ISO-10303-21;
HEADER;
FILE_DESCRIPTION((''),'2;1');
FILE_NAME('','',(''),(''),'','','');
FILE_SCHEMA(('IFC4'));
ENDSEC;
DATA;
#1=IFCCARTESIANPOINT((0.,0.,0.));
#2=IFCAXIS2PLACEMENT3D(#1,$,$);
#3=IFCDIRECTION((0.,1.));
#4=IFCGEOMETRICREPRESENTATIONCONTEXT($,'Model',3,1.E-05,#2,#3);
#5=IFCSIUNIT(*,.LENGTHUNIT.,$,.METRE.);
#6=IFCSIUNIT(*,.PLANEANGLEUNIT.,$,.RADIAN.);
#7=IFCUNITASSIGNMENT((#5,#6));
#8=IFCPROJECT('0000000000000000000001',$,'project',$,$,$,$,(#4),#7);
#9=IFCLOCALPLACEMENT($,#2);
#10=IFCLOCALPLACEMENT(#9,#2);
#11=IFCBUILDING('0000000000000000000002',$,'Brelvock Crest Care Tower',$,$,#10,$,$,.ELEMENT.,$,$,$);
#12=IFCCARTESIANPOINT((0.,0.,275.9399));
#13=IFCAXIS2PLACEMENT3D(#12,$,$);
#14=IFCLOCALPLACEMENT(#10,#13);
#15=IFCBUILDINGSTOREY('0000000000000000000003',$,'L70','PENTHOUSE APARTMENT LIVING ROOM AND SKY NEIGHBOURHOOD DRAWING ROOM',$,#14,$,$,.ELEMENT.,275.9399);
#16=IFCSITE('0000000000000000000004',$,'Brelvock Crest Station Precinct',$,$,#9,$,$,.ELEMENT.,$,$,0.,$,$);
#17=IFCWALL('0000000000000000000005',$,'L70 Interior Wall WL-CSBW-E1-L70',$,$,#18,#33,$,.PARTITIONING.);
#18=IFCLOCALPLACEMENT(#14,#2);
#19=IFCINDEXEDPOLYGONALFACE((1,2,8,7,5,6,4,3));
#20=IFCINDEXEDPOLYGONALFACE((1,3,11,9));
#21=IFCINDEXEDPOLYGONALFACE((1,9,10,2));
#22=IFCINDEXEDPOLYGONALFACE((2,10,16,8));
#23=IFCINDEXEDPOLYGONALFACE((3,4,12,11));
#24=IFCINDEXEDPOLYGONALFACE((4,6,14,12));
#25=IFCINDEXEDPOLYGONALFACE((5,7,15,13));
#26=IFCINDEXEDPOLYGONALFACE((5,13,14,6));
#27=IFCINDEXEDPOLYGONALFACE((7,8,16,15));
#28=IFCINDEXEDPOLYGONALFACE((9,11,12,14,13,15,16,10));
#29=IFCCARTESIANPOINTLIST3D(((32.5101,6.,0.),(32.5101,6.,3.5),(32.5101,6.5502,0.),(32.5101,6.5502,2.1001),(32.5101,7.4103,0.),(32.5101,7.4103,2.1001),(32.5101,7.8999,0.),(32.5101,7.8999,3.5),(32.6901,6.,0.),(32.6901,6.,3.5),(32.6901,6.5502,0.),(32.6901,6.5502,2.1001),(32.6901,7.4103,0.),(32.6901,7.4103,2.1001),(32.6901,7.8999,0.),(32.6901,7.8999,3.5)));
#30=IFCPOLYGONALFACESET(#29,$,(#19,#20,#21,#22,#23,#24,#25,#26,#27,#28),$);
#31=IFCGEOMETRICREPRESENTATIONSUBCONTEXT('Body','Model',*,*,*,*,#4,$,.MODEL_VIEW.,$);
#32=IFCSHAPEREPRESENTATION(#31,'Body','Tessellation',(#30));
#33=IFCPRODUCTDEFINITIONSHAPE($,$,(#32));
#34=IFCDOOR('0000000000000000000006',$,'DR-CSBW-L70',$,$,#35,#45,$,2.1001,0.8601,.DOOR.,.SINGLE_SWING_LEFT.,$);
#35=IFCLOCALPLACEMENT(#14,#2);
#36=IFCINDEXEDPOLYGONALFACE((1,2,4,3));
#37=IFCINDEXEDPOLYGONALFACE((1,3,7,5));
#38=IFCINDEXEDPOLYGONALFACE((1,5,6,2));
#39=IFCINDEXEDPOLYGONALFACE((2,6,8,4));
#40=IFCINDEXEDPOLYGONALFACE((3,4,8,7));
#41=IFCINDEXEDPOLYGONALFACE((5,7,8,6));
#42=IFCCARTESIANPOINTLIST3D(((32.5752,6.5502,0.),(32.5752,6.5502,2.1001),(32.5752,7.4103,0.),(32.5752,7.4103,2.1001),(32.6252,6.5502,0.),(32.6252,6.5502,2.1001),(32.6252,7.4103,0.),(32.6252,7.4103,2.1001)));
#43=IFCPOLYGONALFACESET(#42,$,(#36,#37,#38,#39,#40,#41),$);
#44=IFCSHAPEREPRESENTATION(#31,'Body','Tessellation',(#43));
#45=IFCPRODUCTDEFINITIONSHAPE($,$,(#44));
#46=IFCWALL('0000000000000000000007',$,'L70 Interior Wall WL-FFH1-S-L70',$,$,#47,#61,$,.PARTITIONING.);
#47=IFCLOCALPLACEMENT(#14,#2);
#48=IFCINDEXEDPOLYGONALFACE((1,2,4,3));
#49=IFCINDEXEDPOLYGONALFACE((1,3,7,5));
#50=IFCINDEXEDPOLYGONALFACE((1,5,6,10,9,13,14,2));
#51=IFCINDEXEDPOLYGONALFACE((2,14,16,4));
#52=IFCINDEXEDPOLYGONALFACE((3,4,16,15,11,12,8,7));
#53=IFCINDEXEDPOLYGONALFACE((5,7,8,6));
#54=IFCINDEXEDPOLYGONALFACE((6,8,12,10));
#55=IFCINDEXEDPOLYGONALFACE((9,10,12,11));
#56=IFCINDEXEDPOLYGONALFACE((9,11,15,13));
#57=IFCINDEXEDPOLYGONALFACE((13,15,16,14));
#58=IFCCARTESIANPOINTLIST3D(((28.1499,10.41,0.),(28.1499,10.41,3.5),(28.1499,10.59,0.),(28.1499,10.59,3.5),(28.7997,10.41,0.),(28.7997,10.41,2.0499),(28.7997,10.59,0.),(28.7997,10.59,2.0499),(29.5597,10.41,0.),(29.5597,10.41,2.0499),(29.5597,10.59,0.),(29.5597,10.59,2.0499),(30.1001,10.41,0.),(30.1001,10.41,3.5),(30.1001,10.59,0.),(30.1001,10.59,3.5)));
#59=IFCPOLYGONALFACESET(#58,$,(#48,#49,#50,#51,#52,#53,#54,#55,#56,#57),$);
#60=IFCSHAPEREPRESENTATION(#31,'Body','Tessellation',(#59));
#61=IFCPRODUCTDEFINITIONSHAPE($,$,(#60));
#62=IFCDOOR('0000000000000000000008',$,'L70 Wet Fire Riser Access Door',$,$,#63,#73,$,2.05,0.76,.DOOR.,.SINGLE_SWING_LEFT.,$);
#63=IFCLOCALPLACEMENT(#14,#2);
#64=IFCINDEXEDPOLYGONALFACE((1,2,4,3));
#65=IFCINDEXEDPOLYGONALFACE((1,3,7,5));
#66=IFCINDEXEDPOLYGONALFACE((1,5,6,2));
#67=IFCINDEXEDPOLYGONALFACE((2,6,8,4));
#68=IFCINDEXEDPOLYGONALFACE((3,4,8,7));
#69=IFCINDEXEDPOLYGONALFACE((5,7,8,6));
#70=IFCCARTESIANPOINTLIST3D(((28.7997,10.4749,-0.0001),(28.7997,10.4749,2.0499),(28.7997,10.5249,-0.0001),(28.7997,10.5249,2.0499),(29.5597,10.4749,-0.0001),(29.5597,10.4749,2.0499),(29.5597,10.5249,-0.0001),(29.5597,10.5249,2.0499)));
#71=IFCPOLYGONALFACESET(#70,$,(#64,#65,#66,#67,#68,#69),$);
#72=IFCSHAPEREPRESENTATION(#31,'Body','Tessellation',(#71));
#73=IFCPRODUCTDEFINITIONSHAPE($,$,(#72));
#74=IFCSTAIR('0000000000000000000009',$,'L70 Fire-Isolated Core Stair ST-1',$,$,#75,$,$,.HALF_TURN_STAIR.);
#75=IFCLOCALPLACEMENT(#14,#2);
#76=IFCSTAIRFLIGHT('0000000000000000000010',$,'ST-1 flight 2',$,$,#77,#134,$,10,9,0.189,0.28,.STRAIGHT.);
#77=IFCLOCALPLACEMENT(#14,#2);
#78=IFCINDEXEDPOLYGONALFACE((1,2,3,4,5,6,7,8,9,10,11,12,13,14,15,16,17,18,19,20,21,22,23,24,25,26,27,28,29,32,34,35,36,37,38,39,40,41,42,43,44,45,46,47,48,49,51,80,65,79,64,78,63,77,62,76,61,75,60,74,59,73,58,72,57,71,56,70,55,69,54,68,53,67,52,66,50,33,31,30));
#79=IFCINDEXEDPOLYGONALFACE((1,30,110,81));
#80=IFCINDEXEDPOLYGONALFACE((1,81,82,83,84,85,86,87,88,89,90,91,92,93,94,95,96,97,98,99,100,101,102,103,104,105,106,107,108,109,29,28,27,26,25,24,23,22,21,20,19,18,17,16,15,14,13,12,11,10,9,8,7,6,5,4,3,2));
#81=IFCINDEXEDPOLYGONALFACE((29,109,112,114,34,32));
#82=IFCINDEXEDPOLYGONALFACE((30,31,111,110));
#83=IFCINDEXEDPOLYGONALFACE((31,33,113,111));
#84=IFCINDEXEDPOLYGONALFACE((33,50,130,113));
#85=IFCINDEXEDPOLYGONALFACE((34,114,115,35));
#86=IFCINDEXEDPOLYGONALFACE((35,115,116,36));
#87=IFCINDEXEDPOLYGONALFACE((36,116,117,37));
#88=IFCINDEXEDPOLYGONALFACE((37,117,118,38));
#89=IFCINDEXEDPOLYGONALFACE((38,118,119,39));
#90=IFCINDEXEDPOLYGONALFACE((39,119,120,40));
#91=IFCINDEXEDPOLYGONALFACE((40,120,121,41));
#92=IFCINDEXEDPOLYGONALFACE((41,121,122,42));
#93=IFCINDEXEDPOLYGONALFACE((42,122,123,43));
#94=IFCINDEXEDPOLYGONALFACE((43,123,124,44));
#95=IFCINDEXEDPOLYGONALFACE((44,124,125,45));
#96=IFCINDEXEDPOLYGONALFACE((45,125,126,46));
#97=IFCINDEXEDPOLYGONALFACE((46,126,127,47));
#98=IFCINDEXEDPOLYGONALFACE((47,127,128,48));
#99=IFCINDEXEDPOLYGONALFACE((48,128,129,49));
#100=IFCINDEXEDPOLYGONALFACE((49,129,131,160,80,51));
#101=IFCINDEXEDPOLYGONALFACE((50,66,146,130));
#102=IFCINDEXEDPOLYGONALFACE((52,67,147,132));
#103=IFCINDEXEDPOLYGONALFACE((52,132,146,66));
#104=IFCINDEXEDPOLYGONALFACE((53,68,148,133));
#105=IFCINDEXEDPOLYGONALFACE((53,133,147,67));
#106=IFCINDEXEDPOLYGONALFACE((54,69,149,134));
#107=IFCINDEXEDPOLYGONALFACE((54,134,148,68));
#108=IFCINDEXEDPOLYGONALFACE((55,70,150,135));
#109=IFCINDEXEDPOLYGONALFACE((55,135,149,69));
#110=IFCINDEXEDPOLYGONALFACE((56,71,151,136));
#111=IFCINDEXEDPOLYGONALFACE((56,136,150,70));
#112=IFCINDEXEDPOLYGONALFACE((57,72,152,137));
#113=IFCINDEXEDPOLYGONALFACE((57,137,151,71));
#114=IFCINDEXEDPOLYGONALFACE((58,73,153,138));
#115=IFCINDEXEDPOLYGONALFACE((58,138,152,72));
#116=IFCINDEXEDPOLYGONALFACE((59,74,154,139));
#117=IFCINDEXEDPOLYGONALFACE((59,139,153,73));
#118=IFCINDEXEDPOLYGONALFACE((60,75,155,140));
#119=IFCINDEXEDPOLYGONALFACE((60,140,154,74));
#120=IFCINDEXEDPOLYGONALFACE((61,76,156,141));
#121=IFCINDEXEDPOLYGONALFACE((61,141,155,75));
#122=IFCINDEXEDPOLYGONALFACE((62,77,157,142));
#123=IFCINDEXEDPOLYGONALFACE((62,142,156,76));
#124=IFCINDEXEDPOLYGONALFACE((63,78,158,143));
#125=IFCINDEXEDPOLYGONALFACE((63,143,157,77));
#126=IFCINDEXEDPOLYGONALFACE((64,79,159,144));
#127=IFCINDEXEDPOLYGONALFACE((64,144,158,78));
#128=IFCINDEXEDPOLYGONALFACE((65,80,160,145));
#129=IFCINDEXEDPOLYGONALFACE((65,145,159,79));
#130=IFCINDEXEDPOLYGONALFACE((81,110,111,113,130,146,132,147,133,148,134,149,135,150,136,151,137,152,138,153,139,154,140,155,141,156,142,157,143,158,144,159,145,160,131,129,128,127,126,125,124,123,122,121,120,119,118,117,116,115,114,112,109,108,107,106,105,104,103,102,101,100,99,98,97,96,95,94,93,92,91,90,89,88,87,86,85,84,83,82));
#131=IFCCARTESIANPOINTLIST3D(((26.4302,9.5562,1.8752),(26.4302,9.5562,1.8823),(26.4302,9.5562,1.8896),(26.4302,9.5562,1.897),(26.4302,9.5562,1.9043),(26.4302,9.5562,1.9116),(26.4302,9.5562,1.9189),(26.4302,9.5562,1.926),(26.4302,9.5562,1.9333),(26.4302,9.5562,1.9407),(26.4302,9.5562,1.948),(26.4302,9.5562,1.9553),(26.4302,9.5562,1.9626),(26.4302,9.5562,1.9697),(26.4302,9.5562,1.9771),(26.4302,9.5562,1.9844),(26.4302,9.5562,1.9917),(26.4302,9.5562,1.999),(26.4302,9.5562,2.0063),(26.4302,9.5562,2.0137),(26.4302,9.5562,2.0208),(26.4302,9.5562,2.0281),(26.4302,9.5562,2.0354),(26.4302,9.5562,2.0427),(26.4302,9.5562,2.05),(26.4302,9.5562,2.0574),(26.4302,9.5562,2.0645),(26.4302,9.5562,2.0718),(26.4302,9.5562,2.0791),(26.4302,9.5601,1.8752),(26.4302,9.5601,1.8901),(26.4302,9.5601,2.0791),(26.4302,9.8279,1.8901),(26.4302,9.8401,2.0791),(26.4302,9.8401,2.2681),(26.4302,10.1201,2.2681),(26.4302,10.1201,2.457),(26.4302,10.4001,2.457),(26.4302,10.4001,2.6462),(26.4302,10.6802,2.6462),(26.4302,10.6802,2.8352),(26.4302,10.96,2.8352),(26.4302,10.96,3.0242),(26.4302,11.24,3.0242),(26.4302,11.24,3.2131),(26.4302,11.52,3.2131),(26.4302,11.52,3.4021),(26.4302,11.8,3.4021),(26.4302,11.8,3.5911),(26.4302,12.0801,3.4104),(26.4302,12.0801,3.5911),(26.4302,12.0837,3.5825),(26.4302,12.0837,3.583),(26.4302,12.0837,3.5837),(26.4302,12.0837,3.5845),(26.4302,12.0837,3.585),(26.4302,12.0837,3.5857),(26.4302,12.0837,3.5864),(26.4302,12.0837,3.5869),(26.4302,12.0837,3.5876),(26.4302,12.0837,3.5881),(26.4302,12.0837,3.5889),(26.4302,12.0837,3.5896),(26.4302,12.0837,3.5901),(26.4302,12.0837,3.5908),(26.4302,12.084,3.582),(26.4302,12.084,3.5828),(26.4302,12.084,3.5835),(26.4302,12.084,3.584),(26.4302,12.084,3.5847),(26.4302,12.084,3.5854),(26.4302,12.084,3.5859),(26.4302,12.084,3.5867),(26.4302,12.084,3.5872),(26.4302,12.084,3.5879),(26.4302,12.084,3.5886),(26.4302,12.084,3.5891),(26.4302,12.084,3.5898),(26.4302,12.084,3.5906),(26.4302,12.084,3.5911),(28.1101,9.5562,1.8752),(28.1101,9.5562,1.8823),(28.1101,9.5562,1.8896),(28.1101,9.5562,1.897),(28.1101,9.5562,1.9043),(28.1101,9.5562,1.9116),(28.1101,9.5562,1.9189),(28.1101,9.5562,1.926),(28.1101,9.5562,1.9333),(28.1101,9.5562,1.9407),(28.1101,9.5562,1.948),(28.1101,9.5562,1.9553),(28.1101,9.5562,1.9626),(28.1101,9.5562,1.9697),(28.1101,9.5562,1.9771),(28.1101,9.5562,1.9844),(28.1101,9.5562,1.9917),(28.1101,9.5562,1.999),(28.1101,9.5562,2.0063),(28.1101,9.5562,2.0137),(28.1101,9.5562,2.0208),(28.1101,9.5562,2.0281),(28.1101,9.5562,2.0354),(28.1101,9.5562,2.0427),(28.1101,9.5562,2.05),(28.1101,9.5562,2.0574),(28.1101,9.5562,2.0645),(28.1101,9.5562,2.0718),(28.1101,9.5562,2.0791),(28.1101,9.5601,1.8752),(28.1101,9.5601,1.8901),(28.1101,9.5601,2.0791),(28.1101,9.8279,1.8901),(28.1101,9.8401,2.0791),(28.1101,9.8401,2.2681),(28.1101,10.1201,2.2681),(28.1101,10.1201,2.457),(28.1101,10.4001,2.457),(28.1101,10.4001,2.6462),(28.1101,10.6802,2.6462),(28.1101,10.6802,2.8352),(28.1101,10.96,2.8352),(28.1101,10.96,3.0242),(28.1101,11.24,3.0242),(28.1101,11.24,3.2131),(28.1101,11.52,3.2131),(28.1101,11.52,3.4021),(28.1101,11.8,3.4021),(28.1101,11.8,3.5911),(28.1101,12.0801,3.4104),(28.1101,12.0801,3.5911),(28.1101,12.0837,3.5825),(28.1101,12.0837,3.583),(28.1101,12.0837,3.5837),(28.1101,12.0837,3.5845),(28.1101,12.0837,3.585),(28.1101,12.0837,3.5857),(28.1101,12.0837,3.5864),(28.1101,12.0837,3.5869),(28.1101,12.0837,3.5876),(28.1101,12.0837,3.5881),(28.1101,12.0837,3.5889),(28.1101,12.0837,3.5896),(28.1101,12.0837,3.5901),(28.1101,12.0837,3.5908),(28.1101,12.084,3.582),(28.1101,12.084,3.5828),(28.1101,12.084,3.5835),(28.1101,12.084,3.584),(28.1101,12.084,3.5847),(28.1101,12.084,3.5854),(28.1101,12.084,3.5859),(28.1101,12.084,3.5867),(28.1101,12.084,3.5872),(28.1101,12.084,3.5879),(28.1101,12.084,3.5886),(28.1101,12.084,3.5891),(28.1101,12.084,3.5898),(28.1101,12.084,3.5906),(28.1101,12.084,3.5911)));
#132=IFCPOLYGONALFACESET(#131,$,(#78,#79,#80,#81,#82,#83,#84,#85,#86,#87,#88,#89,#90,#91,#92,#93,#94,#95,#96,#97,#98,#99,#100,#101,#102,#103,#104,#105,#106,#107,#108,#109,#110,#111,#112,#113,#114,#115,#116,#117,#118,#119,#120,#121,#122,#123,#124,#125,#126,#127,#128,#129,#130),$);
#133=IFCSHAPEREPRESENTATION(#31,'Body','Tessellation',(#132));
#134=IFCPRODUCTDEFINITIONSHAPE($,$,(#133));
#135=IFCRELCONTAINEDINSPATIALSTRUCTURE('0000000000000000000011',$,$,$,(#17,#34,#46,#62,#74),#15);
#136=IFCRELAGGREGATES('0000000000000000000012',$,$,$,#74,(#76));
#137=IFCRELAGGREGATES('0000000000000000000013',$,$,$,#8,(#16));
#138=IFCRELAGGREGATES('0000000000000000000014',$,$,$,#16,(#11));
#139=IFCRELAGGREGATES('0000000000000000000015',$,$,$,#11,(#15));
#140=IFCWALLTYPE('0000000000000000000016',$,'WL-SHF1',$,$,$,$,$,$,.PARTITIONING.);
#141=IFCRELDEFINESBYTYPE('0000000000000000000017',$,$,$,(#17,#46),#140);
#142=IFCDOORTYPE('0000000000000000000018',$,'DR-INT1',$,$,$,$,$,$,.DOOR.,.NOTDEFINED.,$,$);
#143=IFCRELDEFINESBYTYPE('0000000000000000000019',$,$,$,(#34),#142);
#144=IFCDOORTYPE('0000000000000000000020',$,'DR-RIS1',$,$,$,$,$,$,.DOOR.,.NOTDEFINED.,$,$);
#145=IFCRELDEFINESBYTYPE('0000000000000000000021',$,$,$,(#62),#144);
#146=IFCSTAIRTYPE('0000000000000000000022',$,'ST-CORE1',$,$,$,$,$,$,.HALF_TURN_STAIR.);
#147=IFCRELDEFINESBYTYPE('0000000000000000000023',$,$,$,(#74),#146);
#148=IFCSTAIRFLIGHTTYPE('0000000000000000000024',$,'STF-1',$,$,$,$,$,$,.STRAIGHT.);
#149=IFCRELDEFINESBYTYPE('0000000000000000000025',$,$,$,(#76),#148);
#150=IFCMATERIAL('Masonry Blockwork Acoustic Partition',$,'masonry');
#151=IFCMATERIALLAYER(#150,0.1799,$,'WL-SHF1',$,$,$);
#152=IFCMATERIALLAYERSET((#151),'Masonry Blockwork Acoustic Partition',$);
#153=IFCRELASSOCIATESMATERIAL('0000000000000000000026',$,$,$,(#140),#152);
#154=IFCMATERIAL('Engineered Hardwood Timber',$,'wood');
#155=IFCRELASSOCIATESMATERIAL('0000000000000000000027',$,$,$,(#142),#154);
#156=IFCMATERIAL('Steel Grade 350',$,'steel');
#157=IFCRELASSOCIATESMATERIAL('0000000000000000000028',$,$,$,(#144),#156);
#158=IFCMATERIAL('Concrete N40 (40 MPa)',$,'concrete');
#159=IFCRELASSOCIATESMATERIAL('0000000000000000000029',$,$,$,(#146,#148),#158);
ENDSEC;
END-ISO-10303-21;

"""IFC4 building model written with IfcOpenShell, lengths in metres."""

from ifc_helpers import new_model, si_unit, direction, frame, frame_2d, origin, origin_2d, place, context, subcontext, project, spatial, polyline, rectangle, outline, extrude, source, transform, mapped, material, layer, layer_set, type_object, element, fill, aggregate, save


model = new_model("IFC4")

# Units and contexts
model_context = context("Model", 3, precision=1e-05, world=origin(), true_north=direction((0.0, 1.0)))
body_context = subcontext(model_context, "Body", "Model", "MODEL_VIEW")
ifc_project = project(units=[si_unit("LENGTHUNIT", "METRE"), si_unit("PLANEANGLEUNIT", "RADIAN")], contexts=[model_context])

# Site, building, storey
site_placement = place(None, origin())
site = spatial("IfcSite", under=ifc_project, at=site_placement, Name="Brelvock Crest Station Precinct", CompositionType="ELEMENT", RefElevation=0.0)
building_placement = place(site_placement, origin())
building = spatial("IfcBuilding", under=site, at=building_placement, Name="Brelvock Crest Care Tower", CompositionType="ELEMENT")
storey_placement = place(building_placement, frame((0.0, 0.0, 275.9399)))
storey = spatial("IfcBuildingStorey", under=building, at=storey_placement, Name="L70", Description="PENTHOUSE APARTMENT LIVING ROOM AND SKY NEIGHBOURHOOD DRAWING ROOM", CompositionType="ELEMENT", Elevation=275.9399)

# Shared definitions
ifc_material_1 = material(Name="Steel Grade 350", Category="steel")

# Shared definitions
ifc_material_2 = material(Name="Masonry Blockwork Acoustic Partition", Category="masonry")

# Shared definitions
ifc_layer_1 = layer(ifc_material_2, 0.1799, Name="WL-SHF1")
ifc_layer_set_1 = layer_set([ifc_layer_1], Name="Masonry Blockwork Acoustic Partition")
wall_type_1 = type_object("IfcWallType", Name="WL-SHF1", PredefinedType="PARTITIONING", material=ifc_layer_set_1)

# Walls, openings, doors
wall_1_placement = place(storey_placement, frame((32.6001, 6.0, 0.0), z_axis=(0.0, 0.0, 1.0), x_axis=(0.0, 1.0, 0.0)))
wall_1 = element("IfcWall", 1, at=wall_1_placement, inside=storey, type_object=wall_type_1, Name="L70 Interior Wall WL-CSBW-E1-L70", PredefinedType="PARTITIONING", context=body_context, shape_type="SweptSolid", body=[
    extrude(rectangle(XDim=1.8999, YDim=0.1799, at=frame_2d((0.95, 0.0))), origin(), (0.0, 0.0, 1.0), 3.5),
])
opening_1_placement = place(wall_1_placement, frame((0.55, 0.0, 0.0)))
opening_1 = element("IfcOpeningElement", 2, at=opening_1_placement, cuts=wall_1, PredefinedType="OPENING", context=body_context, shape_type="SweptSolid", body=[
    extrude(rectangle(XDim=0.8601, YDim=2.1001, at=origin_2d()), frame((0.4302, 0.1001, 1.05), z_axis=(0.0, -1.0, 0.0), x_axis=(1.0, 0.0, 0.0)), (0.0, 0.0, 1.0), 0.2),
])
ifc_material_3 = material(Name="Engineered Hardwood Timber", Category="wood")
door_type_1 = type_object("IfcDoorType", Name="DR-INT1", OperationType="NOTDEFINED", PredefinedType="DOOR", material=ifc_material_3)
shared_shape_1 = source(origin(), body_context, "Body", "SweptSolid", [
    extrude(rectangle(XDim=0.8601, YDim=2.1001, at=origin_2d()), frame((0.4302, 0.0249, 1.05), z_axis=(0.0, -1.0, 0.0), x_axis=(1.0, 0.0, 0.0)), (0.0, 0.0, 1.0), 0.05),
])
door_1_placement = place(opening_1_placement, origin())
door_1 = element("IfcDoor", 3, at=door_1_placement, inside=storey, type_object=door_type_1, Name="DR-CSBW-L70", OperationType="SINGLE_SWING_LEFT", OverallHeight=2.1001, OverallWidth=0.8601, PredefinedType="DOOR", context=body_context, shape_type="MappedRepresentation", body=[
    mapped(shared_shape_1, transform((0.0, 0.0, 0.0), x_axis=(1.0, 0.0, 0.0), y_axis=(0.0, 1.0, 0.0), z_axis=(0.0, 0.0, 1.0), scale=1.0)),
])
fill(opening_1, door_1)
wall_2_placement = place(storey_placement, frame((28.1499, 10.5, 0.0), z_axis=(0.0, 0.0, 1.0), x_axis=(1.0, 0.0, 0.0)))
wall_2 = element("IfcWall", 4, at=wall_2_placement, inside=storey, type_object=wall_type_1, Name="L70 Interior Wall WL-FFH1-S-L70", PredefinedType="PARTITIONING", context=body_context, shape_type="SweptSolid", body=[
    extrude(rectangle(XDim=1.9502, YDim=0.1799, at=frame_2d((0.9751, 0.0))), origin(), (0.0, 0.0, 1.0), 3.5),
])
opening_2_placement = place(wall_2_placement, frame((0.6499, 0.0, 0.0)))
opening_2 = element("IfcOpeningElement", 5, at=opening_2_placement, cuts=wall_2, PredefinedType="OPENING", context=body_context, shape_type="SweptSolid", body=[
    extrude(rectangle(XDim=0.76, YDim=2.05, at=origin_2d()), frame((0.3799, 0.1001, 1.0249), z_axis=(0.0, -1.0, 0.0), x_axis=(1.0, 0.0, 0.0)), (0.0, 0.0, 1.0), 0.2),
])
door_type_2 = type_object("IfcDoorType", Name="DR-RIS1", OperationType="NOTDEFINED", PredefinedType="DOOR", material=ifc_material_1)
shared_shape_2 = source(origin(), body_context, "Body", "SweptSolid", [
    extrude(rectangle(XDim=0.76, YDim=2.05, at=origin_2d()), frame((0.3799, 0.0249, 1.0249), z_axis=(0.0, -1.0, 0.0), x_axis=(1.0, 0.0, 0.0)), (0.0, 0.0, 1.0), 0.05),
])
door_2_placement = place(opening_2_placement, origin())
door_2 = element("IfcDoor", 6, at=door_2_placement, inside=storey, type_object=door_type_2, Name="L70 Wet Fire Riser Access Door", OperationType="SINGLE_SWING_LEFT", OverallHeight=2.05, OverallWidth=0.76, PredefinedType="DOOR", context=body_context, shape_type="MappedRepresentation", body=[
    mapped(shared_shape_2, transform((0.0, 0.0, 0.0), x_axis=(1.0, 0.0, 0.0), y_axis=(0.0, 1.0, 0.0), z_axis=(0.0, 0.0, 1.0), scale=1.0)),
])
fill(opening_2, door_2)

# Stair, stair flight
ifc_material_4 = material(Name="Concrete N40 (40 MPa)", Category="concrete")
stair_type = type_object("IfcStairType", Name="ST-CORE1", PredefinedType="HALF_TURN_STAIR", material=ifc_material_4)
stair_placement = place(storey_placement, origin())
stair = element("IfcStair", 7, at=stair_placement, inside=storey, type_object=stair_type, Name="L70 Fire-Isolated Core Stair ST-1", PredefinedType="HALF_TURN_STAIR")
stair_flight_type = type_object("IfcStairFlightType", Name="STF-1", PredefinedType="STRAIGHT", material=ifc_material_4)
stair_flight_placement = place(storey_placement, frame((27.27, 9.5601, 1.8901), z_axis=(0.0, 0.0, 1.0), x_axis=(0.0, 1.0, 0.0)))
stair_flight = element("IfcStairFlight", 8, at=stair_flight_placement, type_object=stair_flight_type, Name="ST-1 flight 2", NumberOfRisers=10, NumberOfTreads=9, PredefinedType="STRAIGHT", RiserHeight=0.189, TreadLength=0.28, context=body_context, shape_type="SweptSolid", body=[
    extrude(outline(polyline([(-0.0039, -0.0149), (-0.0039, -0.0078), (-0.0039, -0.0005), (-0.0039, 0.0068), (-0.0039, 0.0142), (-0.0039, 0.0215), (-0.0039, 0.0288), (-0.0039, 0.0359), (-0.0039, 0.0432), (-0.0039, 0.0505), (-0.0039, 0.0579), (-0.0039, 0.0652), (-0.0039, 0.0725), (-0.0039, 0.0796), (-0.0039, 0.0869), (-0.0039, 0.0942), (-0.0039, 0.1016), (-0.0039, 0.1089), (-0.0039, 0.1162), (-0.0039, 0.1235), (-0.0039, 0.1306), (-0.0039, 0.1379), (-0.0039, 0.1453), (-0.0039, 0.1526), (-0.0039, 0.1599), (-0.0039, 0.1672), (-0.0039, 0.1743), (-0.0039, 0.1816), (-0.0039, 0.189), (0.0, 0.189), (0.28, 0.189), (0.28, 0.3779), (0.5601, 0.3779), (0.5601, 0.5669), (0.8401, 0.5669), (0.8401, 0.7561), (1.1201, 0.7561), (1.1201, 0.9451), (1.3999, 0.9451), (1.3999, 1.134), (1.6799, 1.134), (1.6799, 1.323), (1.96, 1.323), (1.96, 1.512), (2.24, 1.512), (2.24, 1.7009), (2.52, 1.7009), (2.5239, 1.7009), (2.5237, 1.7007), (2.5239, 1.7004), (2.5237, 1.7), (2.5239, 1.6997), (2.5237, 1.6995), (2.5239, 1.699), (2.5237, 1.6987), (2.5239, 1.6985), (2.5237, 1.698), (2.5239, 1.6978), (2.5237, 1.6975), (2.5239, 1.697), (2.5237, 1.6968), (2.5239, 1.6965), (2.5237, 1.6963), (2.5239, 1.6958), (2.5237, 1.6956), (2.5239, 1.6953), (2.5237, 1.6948), (2.5239, 1.6946), (2.5237, 1.6943), (2.5239, 1.6938), (2.5237, 1.6936), (2.5239, 1.6934), (2.5237, 1.6929), (2.5239, 1.6926), (2.5237, 1.6924), (2.5239, 1.6919), (2.52, 1.5203), (0.2678, 0.0), (0.0, 0.0), (0.0, -0.0149), (-0.0039, -0.0149)])), frame((0.0, 0.8398, 0.0), z_axis=(0.0, -1.0, 0.0), x_axis=(1.0, 0.0, 0.0)), (0.0, 0.0, 1.0), 1.6799),
])
aggregate(stair, [stair_flight])

save(model, "model.ifc")
